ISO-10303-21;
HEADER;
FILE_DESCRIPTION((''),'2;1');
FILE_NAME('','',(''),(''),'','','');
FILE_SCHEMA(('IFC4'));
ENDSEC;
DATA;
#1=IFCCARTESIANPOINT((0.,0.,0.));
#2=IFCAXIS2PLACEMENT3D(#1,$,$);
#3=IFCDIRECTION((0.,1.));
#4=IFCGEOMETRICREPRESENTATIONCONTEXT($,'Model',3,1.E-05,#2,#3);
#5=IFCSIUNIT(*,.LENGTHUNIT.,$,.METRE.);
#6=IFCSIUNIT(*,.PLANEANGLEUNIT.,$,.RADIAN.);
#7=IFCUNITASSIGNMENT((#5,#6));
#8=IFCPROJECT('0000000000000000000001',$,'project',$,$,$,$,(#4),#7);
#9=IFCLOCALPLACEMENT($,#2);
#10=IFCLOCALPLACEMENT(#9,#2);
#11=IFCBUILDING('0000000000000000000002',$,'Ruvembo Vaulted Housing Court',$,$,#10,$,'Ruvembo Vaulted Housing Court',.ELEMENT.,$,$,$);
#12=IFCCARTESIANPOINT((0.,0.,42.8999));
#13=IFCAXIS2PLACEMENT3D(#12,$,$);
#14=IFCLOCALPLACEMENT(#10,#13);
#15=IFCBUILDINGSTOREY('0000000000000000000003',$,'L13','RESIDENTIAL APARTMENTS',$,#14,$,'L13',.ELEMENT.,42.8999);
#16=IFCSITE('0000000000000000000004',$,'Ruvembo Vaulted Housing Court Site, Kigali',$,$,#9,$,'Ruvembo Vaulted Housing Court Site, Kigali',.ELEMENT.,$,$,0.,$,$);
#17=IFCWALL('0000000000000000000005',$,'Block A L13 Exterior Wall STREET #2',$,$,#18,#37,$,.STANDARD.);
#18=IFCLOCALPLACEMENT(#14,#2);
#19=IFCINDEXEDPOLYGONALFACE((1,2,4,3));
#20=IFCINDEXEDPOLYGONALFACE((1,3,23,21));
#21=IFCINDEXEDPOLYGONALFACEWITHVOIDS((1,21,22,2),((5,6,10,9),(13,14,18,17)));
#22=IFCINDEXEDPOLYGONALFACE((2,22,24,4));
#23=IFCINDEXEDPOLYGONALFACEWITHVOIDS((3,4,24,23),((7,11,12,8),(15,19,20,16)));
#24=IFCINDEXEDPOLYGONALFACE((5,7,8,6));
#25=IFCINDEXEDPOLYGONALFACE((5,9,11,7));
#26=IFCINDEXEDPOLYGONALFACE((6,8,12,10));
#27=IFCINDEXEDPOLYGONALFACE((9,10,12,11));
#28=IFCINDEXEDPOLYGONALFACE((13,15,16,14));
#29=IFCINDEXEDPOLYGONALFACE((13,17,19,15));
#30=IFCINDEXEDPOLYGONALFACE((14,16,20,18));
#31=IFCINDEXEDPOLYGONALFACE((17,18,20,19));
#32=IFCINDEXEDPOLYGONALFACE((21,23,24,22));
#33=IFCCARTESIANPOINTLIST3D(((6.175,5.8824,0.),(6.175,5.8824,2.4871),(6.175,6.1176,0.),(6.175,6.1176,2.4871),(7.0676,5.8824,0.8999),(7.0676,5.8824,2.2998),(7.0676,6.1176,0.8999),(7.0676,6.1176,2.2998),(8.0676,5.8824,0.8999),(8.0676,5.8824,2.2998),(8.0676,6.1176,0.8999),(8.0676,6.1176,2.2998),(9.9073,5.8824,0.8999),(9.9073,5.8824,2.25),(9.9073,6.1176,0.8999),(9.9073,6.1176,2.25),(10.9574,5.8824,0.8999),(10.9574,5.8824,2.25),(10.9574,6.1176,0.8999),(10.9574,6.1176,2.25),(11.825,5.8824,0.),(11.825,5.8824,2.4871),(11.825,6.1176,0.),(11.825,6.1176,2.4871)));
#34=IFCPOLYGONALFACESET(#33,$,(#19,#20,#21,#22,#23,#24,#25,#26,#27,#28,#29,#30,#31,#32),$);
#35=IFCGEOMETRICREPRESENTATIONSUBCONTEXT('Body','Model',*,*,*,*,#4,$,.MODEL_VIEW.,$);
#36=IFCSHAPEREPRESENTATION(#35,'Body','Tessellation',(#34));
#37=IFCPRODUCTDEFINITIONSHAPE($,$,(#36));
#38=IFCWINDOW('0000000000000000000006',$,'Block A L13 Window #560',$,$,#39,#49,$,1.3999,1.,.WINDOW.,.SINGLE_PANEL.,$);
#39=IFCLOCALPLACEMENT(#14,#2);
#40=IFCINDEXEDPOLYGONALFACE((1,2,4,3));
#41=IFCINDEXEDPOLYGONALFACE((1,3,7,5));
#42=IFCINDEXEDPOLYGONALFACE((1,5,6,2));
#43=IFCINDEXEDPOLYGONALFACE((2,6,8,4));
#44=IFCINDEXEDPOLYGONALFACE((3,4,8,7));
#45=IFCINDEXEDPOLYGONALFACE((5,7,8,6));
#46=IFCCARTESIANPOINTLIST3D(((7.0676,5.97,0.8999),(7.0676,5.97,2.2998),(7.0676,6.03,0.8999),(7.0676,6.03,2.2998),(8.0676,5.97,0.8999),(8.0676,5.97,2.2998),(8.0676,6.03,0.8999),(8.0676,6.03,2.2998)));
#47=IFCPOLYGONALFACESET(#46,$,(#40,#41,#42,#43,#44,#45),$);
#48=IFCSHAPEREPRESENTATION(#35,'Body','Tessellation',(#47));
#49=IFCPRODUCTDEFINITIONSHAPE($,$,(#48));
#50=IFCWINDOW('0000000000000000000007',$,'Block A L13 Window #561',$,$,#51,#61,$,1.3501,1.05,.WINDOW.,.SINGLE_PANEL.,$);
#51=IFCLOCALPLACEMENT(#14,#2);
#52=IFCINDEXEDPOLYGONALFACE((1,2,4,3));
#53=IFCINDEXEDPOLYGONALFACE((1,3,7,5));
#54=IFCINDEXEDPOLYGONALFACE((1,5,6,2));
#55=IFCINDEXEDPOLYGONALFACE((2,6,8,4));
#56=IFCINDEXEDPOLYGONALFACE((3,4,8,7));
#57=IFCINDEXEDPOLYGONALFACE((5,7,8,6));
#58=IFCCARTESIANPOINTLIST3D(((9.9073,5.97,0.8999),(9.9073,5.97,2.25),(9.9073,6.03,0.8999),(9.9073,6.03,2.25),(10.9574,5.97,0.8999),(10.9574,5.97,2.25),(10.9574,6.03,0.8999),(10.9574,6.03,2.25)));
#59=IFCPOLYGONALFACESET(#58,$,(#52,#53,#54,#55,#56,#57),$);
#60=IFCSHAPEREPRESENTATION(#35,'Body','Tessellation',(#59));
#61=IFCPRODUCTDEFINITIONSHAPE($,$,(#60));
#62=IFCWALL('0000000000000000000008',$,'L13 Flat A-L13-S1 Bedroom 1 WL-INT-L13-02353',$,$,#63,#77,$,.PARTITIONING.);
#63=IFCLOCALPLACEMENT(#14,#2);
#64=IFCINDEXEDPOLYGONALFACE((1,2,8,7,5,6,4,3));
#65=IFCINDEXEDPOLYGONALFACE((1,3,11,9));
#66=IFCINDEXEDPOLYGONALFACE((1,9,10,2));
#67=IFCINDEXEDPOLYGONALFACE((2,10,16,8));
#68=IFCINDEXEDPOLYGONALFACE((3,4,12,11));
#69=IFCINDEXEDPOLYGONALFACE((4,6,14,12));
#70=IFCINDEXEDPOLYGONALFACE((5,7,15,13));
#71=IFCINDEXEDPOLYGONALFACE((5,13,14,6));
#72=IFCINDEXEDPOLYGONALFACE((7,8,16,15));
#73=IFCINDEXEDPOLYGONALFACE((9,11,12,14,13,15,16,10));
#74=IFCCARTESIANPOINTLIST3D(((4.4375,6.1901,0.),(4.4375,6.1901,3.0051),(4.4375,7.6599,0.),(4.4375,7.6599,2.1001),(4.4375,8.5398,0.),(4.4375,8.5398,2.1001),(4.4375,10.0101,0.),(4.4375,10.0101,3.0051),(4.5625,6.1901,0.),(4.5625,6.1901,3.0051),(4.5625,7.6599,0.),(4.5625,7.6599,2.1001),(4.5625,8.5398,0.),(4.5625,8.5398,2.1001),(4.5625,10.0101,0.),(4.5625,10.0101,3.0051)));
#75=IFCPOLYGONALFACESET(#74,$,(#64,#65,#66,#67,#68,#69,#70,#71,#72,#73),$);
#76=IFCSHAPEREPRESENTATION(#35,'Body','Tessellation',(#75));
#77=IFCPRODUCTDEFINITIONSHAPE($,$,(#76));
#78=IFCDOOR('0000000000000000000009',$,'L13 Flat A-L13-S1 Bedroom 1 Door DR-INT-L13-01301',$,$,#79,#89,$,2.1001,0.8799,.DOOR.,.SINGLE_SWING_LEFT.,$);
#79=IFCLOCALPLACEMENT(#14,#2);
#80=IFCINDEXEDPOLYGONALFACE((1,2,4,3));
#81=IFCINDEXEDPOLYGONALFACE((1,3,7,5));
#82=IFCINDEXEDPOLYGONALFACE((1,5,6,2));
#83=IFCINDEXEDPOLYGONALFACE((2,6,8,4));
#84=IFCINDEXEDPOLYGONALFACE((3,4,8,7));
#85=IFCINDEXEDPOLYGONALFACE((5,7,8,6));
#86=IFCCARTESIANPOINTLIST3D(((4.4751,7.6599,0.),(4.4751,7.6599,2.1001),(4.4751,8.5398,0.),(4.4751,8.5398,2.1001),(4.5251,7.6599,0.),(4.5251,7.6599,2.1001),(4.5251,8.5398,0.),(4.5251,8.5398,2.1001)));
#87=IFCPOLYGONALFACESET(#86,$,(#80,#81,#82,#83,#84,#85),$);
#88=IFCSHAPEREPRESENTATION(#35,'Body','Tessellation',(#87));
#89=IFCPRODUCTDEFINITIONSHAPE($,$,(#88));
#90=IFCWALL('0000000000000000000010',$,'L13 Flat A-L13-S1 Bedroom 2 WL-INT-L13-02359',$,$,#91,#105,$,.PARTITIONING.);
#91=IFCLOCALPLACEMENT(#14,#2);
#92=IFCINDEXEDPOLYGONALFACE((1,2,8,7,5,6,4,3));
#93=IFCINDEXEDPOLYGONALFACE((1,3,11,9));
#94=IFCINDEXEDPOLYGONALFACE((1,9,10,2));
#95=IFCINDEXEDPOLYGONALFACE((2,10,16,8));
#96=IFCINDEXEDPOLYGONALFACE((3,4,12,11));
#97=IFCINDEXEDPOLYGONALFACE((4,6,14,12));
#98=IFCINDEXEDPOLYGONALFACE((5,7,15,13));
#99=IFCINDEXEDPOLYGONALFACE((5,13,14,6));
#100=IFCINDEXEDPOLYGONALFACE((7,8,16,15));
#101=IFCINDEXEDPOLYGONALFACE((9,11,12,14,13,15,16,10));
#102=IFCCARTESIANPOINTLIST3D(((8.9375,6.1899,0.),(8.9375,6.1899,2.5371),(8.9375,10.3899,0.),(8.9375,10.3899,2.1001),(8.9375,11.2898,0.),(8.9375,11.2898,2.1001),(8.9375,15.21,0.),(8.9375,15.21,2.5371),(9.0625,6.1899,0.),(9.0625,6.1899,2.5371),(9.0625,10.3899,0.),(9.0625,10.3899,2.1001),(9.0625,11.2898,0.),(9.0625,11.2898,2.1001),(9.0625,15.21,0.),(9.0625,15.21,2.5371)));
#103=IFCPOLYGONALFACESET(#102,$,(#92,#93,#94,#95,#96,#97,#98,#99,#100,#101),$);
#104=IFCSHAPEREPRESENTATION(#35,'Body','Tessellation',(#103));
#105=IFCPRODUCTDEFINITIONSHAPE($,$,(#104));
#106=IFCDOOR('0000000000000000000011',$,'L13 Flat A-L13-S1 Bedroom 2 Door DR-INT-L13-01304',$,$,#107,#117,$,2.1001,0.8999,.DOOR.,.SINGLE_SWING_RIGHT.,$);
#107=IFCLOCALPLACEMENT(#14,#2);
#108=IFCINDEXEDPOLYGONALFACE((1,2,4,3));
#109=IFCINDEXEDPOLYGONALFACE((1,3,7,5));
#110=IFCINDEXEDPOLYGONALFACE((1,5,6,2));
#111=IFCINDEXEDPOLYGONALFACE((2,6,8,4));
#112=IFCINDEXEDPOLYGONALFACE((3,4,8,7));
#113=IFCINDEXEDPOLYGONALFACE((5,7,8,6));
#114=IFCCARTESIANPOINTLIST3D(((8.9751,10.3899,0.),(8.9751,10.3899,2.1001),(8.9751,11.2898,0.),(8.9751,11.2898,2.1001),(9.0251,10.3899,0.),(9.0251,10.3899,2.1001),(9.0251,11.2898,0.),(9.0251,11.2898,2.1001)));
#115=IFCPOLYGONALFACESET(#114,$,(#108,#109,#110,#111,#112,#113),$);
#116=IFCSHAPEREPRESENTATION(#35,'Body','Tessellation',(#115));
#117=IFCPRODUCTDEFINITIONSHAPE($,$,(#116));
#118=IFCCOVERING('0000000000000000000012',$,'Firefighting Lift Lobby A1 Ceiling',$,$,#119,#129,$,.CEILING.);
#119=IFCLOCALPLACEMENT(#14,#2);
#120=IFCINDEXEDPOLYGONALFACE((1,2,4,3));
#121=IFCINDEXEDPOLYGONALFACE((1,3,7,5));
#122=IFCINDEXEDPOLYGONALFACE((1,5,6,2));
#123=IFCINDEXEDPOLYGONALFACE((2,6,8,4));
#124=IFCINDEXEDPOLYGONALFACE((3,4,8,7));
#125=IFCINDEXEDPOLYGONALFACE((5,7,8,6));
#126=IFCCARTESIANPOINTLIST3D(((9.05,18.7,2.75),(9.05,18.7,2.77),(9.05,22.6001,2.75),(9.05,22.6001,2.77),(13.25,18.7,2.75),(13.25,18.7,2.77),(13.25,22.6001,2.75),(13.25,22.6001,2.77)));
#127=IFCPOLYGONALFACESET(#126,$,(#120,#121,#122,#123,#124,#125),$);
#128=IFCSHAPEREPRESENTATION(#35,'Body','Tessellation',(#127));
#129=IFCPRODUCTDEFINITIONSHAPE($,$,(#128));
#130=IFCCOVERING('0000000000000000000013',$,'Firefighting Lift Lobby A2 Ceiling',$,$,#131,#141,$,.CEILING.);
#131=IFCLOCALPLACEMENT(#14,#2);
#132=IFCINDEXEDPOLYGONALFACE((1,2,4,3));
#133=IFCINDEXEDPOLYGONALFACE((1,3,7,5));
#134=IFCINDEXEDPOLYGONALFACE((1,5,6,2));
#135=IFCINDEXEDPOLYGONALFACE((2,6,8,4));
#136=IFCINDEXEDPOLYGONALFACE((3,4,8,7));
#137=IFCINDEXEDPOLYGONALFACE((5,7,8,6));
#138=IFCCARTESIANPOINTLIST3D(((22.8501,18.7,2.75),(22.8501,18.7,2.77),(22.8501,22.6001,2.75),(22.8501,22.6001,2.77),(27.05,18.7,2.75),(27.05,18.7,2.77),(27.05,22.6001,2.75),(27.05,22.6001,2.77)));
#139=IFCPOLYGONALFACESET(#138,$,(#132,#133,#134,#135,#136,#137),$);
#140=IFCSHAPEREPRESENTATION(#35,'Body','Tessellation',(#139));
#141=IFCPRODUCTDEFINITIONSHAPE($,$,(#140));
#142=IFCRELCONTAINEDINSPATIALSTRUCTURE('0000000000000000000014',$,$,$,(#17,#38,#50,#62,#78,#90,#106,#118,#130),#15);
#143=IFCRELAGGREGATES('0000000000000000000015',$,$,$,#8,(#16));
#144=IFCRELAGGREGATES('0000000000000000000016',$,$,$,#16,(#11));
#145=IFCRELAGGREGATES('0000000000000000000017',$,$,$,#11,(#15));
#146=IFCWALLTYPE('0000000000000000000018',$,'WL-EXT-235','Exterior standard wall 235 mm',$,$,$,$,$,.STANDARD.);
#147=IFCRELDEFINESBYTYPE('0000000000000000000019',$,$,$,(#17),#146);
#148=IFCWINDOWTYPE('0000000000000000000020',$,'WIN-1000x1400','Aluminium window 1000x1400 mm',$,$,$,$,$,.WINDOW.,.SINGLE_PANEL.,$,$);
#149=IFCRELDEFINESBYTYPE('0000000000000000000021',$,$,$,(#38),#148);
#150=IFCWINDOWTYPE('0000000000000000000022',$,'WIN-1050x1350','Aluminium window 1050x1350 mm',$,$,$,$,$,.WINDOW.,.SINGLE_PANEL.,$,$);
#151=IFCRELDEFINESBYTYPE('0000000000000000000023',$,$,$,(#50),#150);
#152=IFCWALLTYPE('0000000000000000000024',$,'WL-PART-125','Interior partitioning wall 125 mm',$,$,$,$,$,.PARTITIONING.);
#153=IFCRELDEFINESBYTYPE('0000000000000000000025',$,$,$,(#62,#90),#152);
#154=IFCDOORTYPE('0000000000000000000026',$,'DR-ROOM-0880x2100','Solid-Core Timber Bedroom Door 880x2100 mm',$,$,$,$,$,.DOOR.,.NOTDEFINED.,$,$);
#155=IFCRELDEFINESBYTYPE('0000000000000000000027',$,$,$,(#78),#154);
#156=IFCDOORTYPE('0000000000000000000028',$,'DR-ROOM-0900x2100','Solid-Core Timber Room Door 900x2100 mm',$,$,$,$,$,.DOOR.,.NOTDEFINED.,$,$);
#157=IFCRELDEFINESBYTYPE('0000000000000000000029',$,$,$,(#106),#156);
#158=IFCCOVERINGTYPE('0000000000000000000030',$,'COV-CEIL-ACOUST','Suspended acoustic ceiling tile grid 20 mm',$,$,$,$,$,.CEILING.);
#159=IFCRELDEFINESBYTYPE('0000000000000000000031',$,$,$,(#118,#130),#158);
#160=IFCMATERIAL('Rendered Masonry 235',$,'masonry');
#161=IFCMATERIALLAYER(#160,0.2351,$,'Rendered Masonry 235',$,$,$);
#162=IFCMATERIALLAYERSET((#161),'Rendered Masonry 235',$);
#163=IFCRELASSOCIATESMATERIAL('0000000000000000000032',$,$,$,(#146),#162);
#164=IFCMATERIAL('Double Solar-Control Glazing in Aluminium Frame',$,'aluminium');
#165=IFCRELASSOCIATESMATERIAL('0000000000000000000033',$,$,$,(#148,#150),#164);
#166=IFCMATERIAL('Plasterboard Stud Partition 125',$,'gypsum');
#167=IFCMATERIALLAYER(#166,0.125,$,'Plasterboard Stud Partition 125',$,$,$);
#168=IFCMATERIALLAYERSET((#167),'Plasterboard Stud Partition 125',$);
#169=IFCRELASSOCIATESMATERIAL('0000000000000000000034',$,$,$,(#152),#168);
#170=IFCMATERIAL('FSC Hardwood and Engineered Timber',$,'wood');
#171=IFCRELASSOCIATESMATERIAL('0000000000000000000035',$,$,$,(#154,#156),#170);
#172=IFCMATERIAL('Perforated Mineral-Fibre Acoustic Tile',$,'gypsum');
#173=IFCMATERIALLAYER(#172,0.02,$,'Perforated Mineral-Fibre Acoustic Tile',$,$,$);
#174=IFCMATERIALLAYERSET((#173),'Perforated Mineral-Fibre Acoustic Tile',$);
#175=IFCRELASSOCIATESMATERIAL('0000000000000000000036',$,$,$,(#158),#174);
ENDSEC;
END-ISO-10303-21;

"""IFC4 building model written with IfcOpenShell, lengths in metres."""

from ifc_helpers import new_model, si_unit, direction, frame, frame_2d, origin, place, context, subcontext, project, spatial, polyline, rectangle, outline, extrude, material, layer, layer_set, type_object, element, fill, save


model = new_model("IFC4")

# Units and contexts
model_context = context("Model", 3, precision=1e-05, world=origin(), true_north=direction((0.0, 1.0)))
body_context = subcontext(model_context, "Body", "Model", "MODEL_VIEW")
ifc_project = project(units=[si_unit("LENGTHUNIT", "METRE"), si_unit("PLANEANGLEUNIT", "RADIAN")], contexts=[model_context])

# Site, building, storey
site_placement = place(None, origin())
site = spatial("IfcSite", under=ifc_project, at=site_placement, Name="Ruvembo Vaulted Housing Court Site, Kigali", LongName="Ruvembo Vaulted Housing Court Site, Kigali", CompositionType="ELEMENT", RefElevation=0.0)
building_placement = place(site_placement, origin())
building = spatial("IfcBuilding", under=site, at=building_placement, Name="Ruvembo Vaulted Housing Court", LongName="Ruvembo Vaulted Housing Court", CompositionType="ELEMENT")
storey_placement = place(building_placement, frame((0.0, 0.0, 42.8999)))
storey = spatial("IfcBuildingStorey", under=building, at=storey_placement, Name="L13", Description="RESIDENTIAL APARTMENTS", LongName="L13", CompositionType="ELEMENT", Elevation=42.8999)

# Wall, openings, windows
ifc_material_1 = material(Name="Rendered Masonry 235", Category="masonry")
ifc_layer_1 = layer(ifc_material_1, 0.2351, Name="Rendered Masonry 235")
ifc_layer_set_1 = layer_set([ifc_layer_1], Name="Rendered Masonry 235")
wall_type_1 = type_object("IfcWallType", Name="WL-EXT-235", Description="Exterior standard wall 235 mm", PredefinedType="STANDARD", material=ifc_layer_set_1)
ifc_material_2 = material(Name="Double Solar-Control Glazing in Aluminium Frame", Category="aluminium")
wall_1_placement = place(storey_placement, frame((6.175, 6.0, 0.0), z_axis=(0.0, 0.0, 1.0), x_axis=(1.0, 0.0, 0.0)))
wall_1 = element("IfcWall", 1, at=wall_1_placement, inside=storey, type_object=wall_type_1, Name="Block A L13 Exterior Wall STREET #2", PredefinedType="STANDARD", context=body_context, shape_type="SweptSolid", body=[
    extrude(rectangle(XDim=5.6499, YDim=0.2351, at=frame_2d((2.825, 0.0))), origin(), (0.0, 0.0, 1.0), 2.4871),
])
opening_1_placement = place(wall_1_placement, frame((0.8926, 0.0, 0.8999)))
opening_1 = element("IfcOpeningElement", 2, at=opening_1_placement, cuts=wall_1, PredefinedType="OPENING", context=body_context, shape_type="SweptSolid", body=[
    extrude(rectangle(XDim=1.0, YDim=1.3999, at=frame_2d((0.5, 0.7))), frame((0.0, 0.1274, 0.0), z_axis=(0.0, -1.0, 0.0), x_axis=(1.0, 0.0, 0.0)), (0.0, 0.0, 1.0), 0.2551),
])
opening_2_placement = place(wall_1_placement, frame((3.7324, 0.0, 0.8999)))
opening_2 = element("IfcOpeningElement", 3, at=opening_2_placement, cuts=wall_1, PredefinedType="OPENING", context=body_context, shape_type="SweptSolid", body=[
    extrude(rectangle(XDim=1.05, YDim=1.3501, at=frame_2d((0.5249, 0.675))), frame((0.0, 0.1274, 0.0), z_axis=(0.0, -1.0, 0.0), x_axis=(1.0, 0.0, 0.0)), (0.0, 0.0, 1.0), 0.2551),
])
window_type_1 = type_object("IfcWindowType", Name="WIN-1000x1400", Description="Aluminium window 1000x1400 mm", PartitioningType="SINGLE_PANEL", PredefinedType="WINDOW", material=ifc_material_2)
window_1_placement = place(opening_1_placement, origin())
window_1 = element("IfcWindow", 4, at=window_1_placement, inside=storey, type_object=window_type_1, Name="Block A L13 Window #560", OverallHeight=1.3999, OverallWidth=1.0, PartitioningType="SINGLE_PANEL", PredefinedType="WINDOW", context=body_context, shape_type="SweptSolid", body=[
    extrude(rectangle(XDim=1.0, YDim=1.3999, at=frame_2d((0.5, 0.7))), frame((0.0, 0.03, 0.0), z_axis=(0.0, -1.0, 0.0), x_axis=(1.0, 0.0, 0.0)), (0.0, 0.0, 1.0), 0.0601),
])
fill(opening_1, window_1)
window_type_2 = type_object("IfcWindowType", Name="WIN-1050x1350", Description="Aluminium window 1050x1350 mm", PartitioningType="SINGLE_PANEL", PredefinedType="WINDOW", material=ifc_material_2)
window_2_placement = place(opening_2_placement, origin())
window_2 = element("IfcWindow", 5, at=window_2_placement, inside=storey, type_object=window_type_2, Name="Block A L13 Window #561", OverallHeight=1.3501, OverallWidth=1.05, PartitioningType="SINGLE_PANEL", PredefinedType="WINDOW", context=body_context, shape_type="SweptSolid", body=[
    extrude(rectangle(XDim=1.05, YDim=1.3501, at=frame_2d((0.5249, 0.675))), frame((0.0, 0.03, 0.0), z_axis=(0.0, -1.0, 0.0), x_axis=(1.0, 0.0, 0.0)), (0.0, 0.0, 1.0), 0.0601),
])
fill(opening_2, window_2)

# Walls, openings, doors
ifc_material_3 = material(Name="Plasterboard Stud Partition 125", Category="gypsum")
ifc_layer_2 = layer(ifc_material_3, 0.125, Name="Plasterboard Stud Partition 125")
ifc_layer_set_2 = layer_set([ifc_layer_2], Name="Plasterboard Stud Partition 125")
wall_type_2 = type_object("IfcWallType", Name="WL-PART-125", Description="Interior partitioning wall 125 mm", PredefinedType="PARTITIONING", material=ifc_layer_set_2)
wall_2_placement = place(storey_placement, frame((4.5, 6.1899, 0.0), z_axis=(0.0, 0.0, 1.0), x_axis=(0.0, 1.0, 0.0)))
wall_2 = element("IfcWall", 6, at=wall_2_placement, inside=storey, type_object=wall_type_2, Name="L13 Flat A-L13-S1 Bedroom 1 WL-INT-L13-02353", PredefinedType="PARTITIONING", context=body_context, shape_type="SweptSolid", body=[
    extrude(rectangle(XDim=3.8201, YDim=0.125, at=frame_2d((1.9102, 0.0))), origin(), (0.0, 0.0, 1.0), 3.0051),
])
opening_3_placement = place(wall_2_placement, frame((1.47, 0.0, 0.0)))
opening_3 = element("IfcOpeningElement", 7, at=opening_3_placement, cuts=wall_2, PredefinedType="OPENING", context=body_context, shape_type="SweptSolid", body=[
    extrude(rectangle(XDim=0.8799, YDim=2.1001, at=frame_2d((0.4399, 1.05))), frame((0.0, 0.0725, 0.0), z_axis=(0.0, -1.0, 0.0), x_axis=(1.0, 0.0, 0.0)), (0.0, 0.0, 1.0), 0.145),
])
ifc_material_4 = material(Name="FSC Hardwood and Engineered Timber", Category="wood")
door_type_1 = type_object("IfcDoorType", Name="DR-ROOM-0880x2100", Description="Solid-Core Timber Bedroom Door 880x2100 mm", OperationType="NOTDEFINED", PredefinedType="DOOR", material=ifc_material_4)
door_1_placement = place(opening_3_placement, origin())
door_1 = element("IfcDoor", 8, at=door_1_placement, inside=storey, type_object=door_type_1, Name="L13 Flat A-L13-S1 Bedroom 1 Door DR-INT-L13-01301", OperationType="SINGLE_SWING_LEFT", OverallHeight=2.1001, OverallWidth=0.8799, PredefinedType="DOOR", context=body_context, shape_type="SweptSolid", body=[
    extrude(rectangle(XDim=0.8799, YDim=2.1001, at=frame_2d((0.4399, 1.05))), frame((0.0, 0.0249, 0.0), z_axis=(0.0, -1.0, 0.0), x_axis=(1.0, 0.0, 0.0)), (0.0, 0.0, 1.0), 0.05),
])
fill(opening_3, door_1)
wall_3_placement = place(storey_placement, frame((9.0, 6.1899, 0.0), z_axis=(0.0, 0.0, 1.0), x_axis=(0.0, 1.0, 0.0)))
wall_3 = element("IfcWall", 9, at=wall_3_placement, inside=storey, type_object=wall_type_2, Name="L13 Flat A-L13-S1 Bedroom 2 WL-INT-L13-02359", PredefinedType="PARTITIONING", context=body_context, shape_type="SweptSolid", body=[
    extrude(rectangle(XDim=9.02, YDim=0.125, at=frame_2d((4.51, 0.0))), origin(), (0.0, 0.0, 1.0), 2.5371),
])
opening_4_placement = place(wall_3_placement, frame((4.2, 0.0, 0.0)))
opening_4 = element("IfcOpeningElement", 10, at=opening_4_placement, cuts=wall_3, PredefinedType="OPENING", context=body_context, shape_type="SweptSolid", body=[
    extrude(rectangle(XDim=0.8999, YDim=2.1001, at=frame_2d((0.45, 1.05))), frame((0.0, 0.0725, 0.0), z_axis=(0.0, -1.0, 0.0), x_axis=(1.0, 0.0, 0.0)), (0.0, 0.0, 1.0), 0.145),
])
door_type_2 = type_object("IfcDoorType", Name="DR-ROOM-0900x2100", Description="Solid-Core Timber Room Door 900x2100 mm", OperationType="NOTDEFINED", PredefinedType="DOOR", material=ifc_material_4)
door_2_placement = place(opening_4_placement, origin())
door_2 = element("IfcDoor", 11, at=door_2_placement, inside=storey, type_object=door_type_2, Name="L13 Flat A-L13-S1 Bedroom 2 Door DR-INT-L13-01304", OperationType="SINGLE_SWING_RIGHT", OverallHeight=2.1001, OverallWidth=0.8999, PredefinedType="DOOR", context=body_context, shape_type="SweptSolid", body=[
    extrude(rectangle(XDim=0.8999, YDim=2.1001, at=frame_2d((0.45, 1.05))), frame((0.0, 0.0249, 0.0), z_axis=(0.0, -1.0, 0.0), x_axis=(1.0, 0.0, 0.0)), (0.0, 0.0, 1.0), 0.05),
])
fill(opening_4, door_2)

# Coverings
ifc_material_5 = material(Name="Perforated Mineral-Fibre Acoustic Tile", Category="gypsum")
ifc_layer_3 = layer(ifc_material_5, 0.02, Name="Perforated Mineral-Fibre Acoustic Tile")
ifc_layer_set_3 = layer_set([ifc_layer_3], Name="Perforated Mineral-Fibre Acoustic Tile")
covering_type_1 = type_object("IfcCoveringType", Name="COV-CEIL-ACOUST", Description="Suspended acoustic ceiling tile grid 20 mm", PredefinedType="CEILING", material=ifc_layer_set_3)
covering_1_placement = place(storey_placement, frame((0.0, 0.0, 2.75)))
element("IfcCovering", 12, at=covering_1_placement, inside=storey, type_object=covering_type_1, Name="Firefighting Lift Lobby A1 Ceiling", PredefinedType="CEILING", context=body_context, shape_type="SweptSolid", body=[
    extrude(outline(polyline([(13.25, 22.6001), (9.05, 22.6001), (9.05, 18.7), (13.25, 18.7), (13.25, 22.6001)])), origin(), (0.0, 0.0, 1.0), 0.02),
])
covering_2_placement = place(storey_placement, frame((0.0, 0.0, 2.75)))
element("IfcCovering", 13, at=covering_2_placement, inside=storey, type_object=covering_type_1, Name="Firefighting Lift Lobby A2 Ceiling", PredefinedType="CEILING", context=body_context, shape_type="SweptSolid", body=[
    extrude(outline(polyline([(27.05, 22.6001), (22.8501, 22.6001), (22.8501, 18.7), (27.05, 18.7), (27.05, 22.6001)])), origin(), (0.0, 0.0, 1.0), 0.02),
])

save(model, "model.ifc")
